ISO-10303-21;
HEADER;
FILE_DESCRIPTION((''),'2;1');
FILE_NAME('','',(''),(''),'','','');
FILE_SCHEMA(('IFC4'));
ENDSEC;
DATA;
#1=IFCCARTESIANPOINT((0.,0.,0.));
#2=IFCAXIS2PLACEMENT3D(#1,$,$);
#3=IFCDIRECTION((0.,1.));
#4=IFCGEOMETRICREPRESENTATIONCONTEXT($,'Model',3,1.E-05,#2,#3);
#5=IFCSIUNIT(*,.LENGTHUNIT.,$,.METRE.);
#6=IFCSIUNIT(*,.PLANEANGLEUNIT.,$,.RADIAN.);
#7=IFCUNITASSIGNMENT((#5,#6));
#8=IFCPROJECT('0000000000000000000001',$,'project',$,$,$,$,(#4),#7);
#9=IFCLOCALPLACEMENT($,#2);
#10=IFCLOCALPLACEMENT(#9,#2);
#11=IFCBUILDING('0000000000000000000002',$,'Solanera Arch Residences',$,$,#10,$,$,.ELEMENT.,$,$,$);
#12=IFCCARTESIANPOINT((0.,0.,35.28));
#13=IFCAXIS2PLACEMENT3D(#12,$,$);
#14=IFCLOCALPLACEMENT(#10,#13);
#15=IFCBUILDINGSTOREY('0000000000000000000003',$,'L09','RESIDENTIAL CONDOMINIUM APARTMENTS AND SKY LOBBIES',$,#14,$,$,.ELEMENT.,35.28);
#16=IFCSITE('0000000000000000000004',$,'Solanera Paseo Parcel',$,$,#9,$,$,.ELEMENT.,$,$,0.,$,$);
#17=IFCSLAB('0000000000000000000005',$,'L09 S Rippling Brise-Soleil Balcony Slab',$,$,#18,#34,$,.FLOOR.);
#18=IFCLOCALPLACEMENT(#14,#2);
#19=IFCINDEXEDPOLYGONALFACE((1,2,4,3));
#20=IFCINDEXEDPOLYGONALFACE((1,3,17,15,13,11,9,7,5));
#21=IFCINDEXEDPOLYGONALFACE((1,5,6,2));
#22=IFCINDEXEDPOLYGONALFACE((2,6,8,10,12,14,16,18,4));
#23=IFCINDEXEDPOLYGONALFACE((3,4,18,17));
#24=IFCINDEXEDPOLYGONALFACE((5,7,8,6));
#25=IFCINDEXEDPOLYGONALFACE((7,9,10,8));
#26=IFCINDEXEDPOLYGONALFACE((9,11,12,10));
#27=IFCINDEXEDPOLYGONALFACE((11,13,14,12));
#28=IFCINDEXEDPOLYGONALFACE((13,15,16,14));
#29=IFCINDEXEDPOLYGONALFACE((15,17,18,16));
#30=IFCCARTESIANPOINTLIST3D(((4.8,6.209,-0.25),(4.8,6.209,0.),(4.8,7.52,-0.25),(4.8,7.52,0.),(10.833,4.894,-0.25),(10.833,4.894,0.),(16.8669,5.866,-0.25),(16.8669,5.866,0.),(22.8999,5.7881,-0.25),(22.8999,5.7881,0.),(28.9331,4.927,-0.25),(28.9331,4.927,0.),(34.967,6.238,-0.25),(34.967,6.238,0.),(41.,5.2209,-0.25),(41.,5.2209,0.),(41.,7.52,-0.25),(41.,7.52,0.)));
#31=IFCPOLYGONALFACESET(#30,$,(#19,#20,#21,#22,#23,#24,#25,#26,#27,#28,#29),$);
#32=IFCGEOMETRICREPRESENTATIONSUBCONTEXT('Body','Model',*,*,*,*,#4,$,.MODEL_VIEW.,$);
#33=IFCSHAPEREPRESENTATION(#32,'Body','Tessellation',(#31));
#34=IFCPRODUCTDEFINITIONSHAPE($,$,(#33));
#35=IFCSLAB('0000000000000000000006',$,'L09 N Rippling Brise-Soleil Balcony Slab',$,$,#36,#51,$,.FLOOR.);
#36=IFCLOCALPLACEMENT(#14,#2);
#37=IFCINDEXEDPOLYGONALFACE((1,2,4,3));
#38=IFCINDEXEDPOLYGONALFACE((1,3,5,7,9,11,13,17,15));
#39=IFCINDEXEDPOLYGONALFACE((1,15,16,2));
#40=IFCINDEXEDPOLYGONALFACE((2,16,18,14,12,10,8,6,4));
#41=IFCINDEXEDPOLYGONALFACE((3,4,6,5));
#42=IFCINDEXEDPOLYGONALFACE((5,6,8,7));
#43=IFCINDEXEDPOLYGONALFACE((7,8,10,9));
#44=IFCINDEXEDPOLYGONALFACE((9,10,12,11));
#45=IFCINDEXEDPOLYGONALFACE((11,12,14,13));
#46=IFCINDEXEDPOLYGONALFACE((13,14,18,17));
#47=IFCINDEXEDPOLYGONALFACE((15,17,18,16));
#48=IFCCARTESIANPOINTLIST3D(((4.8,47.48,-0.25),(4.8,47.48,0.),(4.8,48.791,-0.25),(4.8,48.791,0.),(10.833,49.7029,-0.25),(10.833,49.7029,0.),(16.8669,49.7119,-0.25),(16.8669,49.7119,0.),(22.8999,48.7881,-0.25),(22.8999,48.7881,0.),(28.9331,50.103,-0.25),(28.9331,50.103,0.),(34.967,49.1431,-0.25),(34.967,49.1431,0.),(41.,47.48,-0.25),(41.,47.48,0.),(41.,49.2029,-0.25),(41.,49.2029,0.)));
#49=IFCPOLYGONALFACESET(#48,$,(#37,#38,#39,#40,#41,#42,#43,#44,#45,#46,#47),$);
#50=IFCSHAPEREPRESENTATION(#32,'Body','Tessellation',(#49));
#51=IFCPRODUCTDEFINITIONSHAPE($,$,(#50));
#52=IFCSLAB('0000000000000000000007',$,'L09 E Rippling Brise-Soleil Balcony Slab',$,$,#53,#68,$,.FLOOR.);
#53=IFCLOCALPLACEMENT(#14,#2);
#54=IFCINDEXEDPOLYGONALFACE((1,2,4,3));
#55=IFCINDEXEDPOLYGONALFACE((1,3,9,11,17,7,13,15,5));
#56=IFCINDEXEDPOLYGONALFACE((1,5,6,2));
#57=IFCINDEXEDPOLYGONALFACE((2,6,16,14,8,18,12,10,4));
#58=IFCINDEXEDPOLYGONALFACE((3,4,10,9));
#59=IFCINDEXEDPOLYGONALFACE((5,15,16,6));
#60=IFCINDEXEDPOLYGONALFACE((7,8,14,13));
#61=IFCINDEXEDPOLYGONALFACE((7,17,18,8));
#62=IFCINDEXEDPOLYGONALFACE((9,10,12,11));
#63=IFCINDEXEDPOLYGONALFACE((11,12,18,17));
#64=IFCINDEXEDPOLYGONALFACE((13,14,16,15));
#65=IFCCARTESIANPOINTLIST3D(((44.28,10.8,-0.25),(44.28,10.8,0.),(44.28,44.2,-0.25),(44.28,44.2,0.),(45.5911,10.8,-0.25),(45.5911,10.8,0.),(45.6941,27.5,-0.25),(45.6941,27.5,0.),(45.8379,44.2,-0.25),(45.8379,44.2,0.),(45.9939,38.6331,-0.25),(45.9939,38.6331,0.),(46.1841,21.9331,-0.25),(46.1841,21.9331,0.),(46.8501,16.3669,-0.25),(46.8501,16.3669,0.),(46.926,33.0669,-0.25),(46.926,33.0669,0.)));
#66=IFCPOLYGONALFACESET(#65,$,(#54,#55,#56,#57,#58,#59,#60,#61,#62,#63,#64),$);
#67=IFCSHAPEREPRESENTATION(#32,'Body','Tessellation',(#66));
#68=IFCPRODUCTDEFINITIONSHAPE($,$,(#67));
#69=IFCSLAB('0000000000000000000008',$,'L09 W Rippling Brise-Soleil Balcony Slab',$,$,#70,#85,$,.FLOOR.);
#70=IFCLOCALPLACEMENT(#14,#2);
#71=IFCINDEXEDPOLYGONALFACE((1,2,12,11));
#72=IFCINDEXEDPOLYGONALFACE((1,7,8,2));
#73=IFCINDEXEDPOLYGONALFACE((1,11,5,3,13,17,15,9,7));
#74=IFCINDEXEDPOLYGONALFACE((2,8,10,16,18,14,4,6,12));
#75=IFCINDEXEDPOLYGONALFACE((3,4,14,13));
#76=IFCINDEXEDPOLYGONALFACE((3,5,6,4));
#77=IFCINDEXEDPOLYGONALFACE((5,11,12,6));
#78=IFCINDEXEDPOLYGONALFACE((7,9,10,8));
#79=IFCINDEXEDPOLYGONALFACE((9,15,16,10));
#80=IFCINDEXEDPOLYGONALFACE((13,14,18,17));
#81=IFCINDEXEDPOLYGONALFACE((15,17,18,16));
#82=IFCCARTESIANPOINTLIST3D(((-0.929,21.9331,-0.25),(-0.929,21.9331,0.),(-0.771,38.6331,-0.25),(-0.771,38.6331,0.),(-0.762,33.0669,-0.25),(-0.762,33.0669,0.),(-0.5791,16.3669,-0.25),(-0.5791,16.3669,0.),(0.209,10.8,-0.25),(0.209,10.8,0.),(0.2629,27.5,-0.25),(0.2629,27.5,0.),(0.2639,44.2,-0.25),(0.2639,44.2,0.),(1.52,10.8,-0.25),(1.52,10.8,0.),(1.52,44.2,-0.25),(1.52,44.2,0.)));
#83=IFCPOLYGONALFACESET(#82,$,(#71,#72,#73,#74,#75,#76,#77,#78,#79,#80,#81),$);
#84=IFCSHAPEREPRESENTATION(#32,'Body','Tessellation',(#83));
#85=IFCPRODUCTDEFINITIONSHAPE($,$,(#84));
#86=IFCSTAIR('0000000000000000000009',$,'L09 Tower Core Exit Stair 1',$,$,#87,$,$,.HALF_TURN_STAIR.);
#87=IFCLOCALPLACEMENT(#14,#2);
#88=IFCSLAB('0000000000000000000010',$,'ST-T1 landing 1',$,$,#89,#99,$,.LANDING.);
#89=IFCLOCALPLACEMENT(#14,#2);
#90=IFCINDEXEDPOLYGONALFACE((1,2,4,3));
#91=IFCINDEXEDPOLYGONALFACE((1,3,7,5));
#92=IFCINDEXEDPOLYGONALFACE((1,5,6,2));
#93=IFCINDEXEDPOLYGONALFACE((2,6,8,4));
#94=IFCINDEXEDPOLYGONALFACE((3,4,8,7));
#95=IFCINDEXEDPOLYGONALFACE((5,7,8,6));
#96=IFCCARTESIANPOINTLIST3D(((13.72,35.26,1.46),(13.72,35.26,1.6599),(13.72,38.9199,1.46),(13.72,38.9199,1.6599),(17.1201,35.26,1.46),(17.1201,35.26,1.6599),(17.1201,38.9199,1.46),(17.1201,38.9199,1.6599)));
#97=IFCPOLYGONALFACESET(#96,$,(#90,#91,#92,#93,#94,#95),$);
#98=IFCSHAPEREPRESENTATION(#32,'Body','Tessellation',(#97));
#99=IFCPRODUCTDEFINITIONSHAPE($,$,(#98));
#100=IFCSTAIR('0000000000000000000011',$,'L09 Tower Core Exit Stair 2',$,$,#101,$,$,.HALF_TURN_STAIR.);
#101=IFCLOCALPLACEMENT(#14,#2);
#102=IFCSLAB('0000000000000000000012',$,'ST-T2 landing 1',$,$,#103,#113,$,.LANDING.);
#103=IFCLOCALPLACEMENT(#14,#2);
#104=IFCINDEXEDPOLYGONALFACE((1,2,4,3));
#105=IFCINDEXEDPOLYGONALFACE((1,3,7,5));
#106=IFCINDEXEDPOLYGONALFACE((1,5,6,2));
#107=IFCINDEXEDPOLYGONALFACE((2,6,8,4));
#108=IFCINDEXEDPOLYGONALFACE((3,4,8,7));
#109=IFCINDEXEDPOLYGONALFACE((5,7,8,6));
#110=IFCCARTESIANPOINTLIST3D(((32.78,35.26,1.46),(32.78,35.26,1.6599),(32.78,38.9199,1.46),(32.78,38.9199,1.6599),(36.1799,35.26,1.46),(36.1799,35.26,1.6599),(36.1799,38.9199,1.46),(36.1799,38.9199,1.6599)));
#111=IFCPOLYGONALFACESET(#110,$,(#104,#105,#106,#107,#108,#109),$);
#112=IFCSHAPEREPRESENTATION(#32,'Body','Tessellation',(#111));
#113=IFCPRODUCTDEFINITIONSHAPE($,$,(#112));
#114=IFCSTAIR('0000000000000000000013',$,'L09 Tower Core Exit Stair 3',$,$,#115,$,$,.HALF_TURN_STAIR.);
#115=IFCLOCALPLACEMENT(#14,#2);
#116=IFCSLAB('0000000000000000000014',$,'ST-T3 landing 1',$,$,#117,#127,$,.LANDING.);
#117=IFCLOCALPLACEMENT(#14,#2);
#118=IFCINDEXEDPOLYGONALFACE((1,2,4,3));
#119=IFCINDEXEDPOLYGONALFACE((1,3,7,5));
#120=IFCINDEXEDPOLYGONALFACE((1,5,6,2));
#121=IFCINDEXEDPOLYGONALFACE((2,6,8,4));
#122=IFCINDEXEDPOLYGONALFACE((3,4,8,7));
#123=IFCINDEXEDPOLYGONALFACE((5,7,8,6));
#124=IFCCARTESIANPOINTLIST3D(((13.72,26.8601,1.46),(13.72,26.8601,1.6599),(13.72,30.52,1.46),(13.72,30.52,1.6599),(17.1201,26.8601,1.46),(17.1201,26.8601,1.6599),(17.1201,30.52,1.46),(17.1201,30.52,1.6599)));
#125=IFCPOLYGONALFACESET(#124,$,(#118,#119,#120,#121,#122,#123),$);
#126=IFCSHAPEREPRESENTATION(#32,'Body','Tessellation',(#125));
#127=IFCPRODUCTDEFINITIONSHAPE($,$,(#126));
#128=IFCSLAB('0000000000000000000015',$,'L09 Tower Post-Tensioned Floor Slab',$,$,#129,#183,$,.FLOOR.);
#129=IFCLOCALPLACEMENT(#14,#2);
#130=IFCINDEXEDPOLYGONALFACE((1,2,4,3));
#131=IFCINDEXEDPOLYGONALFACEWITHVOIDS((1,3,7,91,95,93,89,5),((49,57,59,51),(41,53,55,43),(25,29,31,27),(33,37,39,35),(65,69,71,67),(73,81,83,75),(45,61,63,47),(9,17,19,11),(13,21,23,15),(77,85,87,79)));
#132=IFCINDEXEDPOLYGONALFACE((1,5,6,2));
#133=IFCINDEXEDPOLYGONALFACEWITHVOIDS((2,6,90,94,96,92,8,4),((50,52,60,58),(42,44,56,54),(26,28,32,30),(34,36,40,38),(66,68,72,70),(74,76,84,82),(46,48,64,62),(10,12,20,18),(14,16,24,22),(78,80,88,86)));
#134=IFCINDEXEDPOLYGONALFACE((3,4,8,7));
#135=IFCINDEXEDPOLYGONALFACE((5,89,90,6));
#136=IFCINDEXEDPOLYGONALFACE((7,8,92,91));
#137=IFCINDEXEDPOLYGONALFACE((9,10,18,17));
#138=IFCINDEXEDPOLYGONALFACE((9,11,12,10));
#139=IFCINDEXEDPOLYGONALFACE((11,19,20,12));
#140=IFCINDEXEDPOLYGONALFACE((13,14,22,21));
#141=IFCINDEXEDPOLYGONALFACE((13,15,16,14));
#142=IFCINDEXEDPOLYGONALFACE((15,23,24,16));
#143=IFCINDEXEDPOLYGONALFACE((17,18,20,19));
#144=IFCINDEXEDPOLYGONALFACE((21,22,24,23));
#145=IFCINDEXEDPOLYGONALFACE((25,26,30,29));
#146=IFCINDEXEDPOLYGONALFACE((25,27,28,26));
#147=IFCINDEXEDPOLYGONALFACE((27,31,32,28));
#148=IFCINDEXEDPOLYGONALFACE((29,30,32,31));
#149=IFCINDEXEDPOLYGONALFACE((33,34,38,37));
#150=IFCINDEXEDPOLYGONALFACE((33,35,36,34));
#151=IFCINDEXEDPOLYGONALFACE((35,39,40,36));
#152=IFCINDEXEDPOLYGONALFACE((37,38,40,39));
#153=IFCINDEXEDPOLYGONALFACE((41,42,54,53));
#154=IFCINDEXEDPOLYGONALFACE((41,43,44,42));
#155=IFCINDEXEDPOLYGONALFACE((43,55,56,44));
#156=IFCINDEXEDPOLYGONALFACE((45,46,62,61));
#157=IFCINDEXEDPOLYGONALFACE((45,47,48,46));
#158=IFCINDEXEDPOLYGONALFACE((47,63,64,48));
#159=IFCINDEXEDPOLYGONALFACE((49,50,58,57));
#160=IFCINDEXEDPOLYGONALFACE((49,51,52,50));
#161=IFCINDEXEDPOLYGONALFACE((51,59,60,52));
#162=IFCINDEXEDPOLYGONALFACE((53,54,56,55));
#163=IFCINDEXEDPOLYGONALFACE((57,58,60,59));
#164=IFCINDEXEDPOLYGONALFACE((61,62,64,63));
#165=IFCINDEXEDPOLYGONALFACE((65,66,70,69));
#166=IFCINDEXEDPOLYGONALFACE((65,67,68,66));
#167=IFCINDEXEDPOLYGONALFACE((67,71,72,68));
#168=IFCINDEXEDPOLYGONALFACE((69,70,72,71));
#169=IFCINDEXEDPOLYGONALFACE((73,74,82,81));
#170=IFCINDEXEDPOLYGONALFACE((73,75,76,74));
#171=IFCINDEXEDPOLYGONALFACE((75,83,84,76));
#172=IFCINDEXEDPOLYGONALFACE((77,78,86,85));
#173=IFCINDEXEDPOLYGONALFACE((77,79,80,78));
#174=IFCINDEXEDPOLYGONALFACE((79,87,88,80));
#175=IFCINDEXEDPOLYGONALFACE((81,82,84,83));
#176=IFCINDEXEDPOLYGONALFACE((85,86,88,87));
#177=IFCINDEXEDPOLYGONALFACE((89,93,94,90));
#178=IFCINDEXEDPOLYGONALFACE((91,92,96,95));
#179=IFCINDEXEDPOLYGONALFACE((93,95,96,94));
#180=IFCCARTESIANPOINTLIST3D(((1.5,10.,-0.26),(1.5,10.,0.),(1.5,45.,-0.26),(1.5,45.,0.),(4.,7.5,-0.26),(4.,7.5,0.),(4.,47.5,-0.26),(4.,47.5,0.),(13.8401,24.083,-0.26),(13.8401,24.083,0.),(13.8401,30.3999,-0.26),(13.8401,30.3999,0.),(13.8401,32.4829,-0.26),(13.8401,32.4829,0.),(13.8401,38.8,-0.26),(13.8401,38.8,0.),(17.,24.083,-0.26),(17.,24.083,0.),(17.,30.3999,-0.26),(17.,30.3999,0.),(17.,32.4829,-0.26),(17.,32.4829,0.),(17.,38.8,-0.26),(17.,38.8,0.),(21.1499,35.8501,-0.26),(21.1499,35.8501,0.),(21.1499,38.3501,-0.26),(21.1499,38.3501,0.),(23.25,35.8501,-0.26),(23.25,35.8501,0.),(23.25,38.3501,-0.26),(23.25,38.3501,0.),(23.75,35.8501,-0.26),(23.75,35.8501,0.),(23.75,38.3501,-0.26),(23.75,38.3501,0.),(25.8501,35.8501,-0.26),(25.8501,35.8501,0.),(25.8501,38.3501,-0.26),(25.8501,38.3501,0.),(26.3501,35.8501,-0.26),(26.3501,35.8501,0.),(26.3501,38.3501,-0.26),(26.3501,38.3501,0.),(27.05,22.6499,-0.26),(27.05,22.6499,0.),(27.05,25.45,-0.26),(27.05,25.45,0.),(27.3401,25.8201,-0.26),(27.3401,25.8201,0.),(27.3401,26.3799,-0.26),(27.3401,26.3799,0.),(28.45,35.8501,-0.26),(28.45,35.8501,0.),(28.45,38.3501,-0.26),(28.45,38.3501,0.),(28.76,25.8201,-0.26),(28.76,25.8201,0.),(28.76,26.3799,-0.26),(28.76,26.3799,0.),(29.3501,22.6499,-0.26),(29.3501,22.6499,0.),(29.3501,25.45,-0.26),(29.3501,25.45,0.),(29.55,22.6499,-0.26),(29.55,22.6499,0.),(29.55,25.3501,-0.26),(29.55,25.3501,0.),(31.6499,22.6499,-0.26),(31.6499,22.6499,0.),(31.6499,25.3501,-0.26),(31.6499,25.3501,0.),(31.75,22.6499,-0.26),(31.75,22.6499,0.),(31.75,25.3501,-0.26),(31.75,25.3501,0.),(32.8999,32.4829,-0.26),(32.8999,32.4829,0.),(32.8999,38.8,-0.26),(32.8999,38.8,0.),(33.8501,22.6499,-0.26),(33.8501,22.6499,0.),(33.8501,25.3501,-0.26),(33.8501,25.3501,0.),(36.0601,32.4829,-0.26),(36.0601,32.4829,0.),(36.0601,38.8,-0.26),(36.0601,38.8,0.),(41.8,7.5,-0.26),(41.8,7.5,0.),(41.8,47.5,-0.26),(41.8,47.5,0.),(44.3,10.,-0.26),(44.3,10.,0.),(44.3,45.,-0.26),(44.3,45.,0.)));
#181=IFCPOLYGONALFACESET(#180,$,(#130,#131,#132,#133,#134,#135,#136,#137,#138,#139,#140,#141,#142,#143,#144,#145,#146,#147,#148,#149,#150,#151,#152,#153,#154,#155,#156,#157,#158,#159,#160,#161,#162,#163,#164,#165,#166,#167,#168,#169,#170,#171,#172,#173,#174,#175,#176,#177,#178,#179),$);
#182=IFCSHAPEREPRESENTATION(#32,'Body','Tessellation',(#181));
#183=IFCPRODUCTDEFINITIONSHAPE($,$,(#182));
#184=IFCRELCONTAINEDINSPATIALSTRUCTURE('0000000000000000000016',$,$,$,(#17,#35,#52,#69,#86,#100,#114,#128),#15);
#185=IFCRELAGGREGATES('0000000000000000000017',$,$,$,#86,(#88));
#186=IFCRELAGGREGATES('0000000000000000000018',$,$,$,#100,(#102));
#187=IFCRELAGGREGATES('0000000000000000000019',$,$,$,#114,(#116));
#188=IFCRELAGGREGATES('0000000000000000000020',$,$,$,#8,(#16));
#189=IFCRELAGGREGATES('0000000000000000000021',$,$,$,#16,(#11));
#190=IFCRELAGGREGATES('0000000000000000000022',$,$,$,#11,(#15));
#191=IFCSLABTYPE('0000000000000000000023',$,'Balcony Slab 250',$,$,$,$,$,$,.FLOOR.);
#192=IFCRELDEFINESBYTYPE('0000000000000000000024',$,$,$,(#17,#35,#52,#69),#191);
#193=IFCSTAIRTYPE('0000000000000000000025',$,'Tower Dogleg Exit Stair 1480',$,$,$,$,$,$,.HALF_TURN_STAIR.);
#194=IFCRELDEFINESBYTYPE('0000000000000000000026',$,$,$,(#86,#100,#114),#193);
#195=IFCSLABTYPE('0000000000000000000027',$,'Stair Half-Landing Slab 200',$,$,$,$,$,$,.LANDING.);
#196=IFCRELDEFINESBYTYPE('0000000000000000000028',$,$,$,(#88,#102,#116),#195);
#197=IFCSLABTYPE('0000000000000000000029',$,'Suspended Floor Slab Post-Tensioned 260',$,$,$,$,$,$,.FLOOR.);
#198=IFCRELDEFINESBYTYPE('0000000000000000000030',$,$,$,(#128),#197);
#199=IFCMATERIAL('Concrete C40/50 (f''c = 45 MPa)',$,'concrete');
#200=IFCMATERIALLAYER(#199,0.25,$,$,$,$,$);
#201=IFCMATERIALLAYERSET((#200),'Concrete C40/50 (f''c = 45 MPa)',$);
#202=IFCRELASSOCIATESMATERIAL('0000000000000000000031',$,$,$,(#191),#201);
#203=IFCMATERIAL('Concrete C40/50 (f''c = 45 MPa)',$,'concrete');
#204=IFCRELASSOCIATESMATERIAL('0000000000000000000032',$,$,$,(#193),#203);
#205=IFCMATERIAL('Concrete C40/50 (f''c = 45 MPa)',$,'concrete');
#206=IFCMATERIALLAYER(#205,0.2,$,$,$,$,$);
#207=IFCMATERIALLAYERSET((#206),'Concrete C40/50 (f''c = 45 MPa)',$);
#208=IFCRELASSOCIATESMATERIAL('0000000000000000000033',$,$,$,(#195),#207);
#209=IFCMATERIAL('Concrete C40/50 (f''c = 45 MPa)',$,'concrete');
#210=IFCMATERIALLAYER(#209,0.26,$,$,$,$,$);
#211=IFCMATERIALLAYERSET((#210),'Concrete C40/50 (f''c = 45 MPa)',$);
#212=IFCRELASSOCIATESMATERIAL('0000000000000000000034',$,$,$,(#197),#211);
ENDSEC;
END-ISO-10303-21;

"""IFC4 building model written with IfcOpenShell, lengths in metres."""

from ifc_helpers import new_model, si_unit, direction, frame, origin, place, context, subcontext, project, spatial, polyline, outline, extrude, material, layer, layer_set, type_object, element, aggregate, save


model = new_model("IFC4")

# Units and contexts
model_context = context("Model", 3, precision=1e-05, world=origin(), true_north=direction((0.0, 1.0)))
body_context = subcontext(model_context, "Body", "Model", "MODEL_VIEW")
ifc_project = project(units=[si_unit("LENGTHUNIT", "METRE"), si_unit("PLANEANGLEUNIT", "RADIAN")], contexts=[model_context])

# Site, building, storey
site_placement = place(None, origin())
site = spatial("IfcSite", under=ifc_project, at=site_placement, Name="Solanera Paseo Parcel", CompositionType="ELEMENT", RefElevation=0.0)
building_placement = place(site_placement, origin())
building = spatial("IfcBuilding", under=site, at=building_placement, Name="Solanera Arch Residences", CompositionType="ELEMENT")
storey_placement = place(building_placement, frame((0.0, 0.0, 35.28)))
storey = spatial("IfcBuildingStorey", under=building, at=storey_placement, Name="L09", Description="RESIDENTIAL CONDOMINIUM APARTMENTS AND SKY LOBBIES", CompositionType="ELEMENT", Elevation=35.28)

# Slabs
ifc_material_1 = material(Name="Concrete C40/50 (f'c = 45 MPa)", Category="concrete")
ifc_layer_1 = layer(ifc_material_1, 0.25)
ifc_layer_set_1 = layer_set([ifc_layer_1], Name="Concrete C40/50 (f'c = 45 MPa)")
slab_type_1 = type_object("IfcSlabType", Name="Balcony Slab 250", PredefinedType="FLOOR", material=ifc_layer_set_1)
slab_1_placement = place(storey_placement, frame((0.0, 0.0, -0.25)))
element("IfcSlab", 1, at=slab_1_placement, inside=storey, type_object=slab_type_1, Name="L09 S Rippling Brise-Soleil Balcony Slab", PredefinedType="FLOOR", context=body_context, shape_type="SweptSolid", body=[
    extrude(outline(polyline([(4.8, 6.209), (10.833, 4.894), (16.8669, 5.866), (22.8999, 5.7881), (28.9331, 4.927), (34.967, 6.238), (41.0, 5.2209), (41.0, 7.52), (4.8, 7.52), (4.8, 6.209)])), origin(), (0.0, 0.0, 1.0), 0.25),
])
slab_2_placement = place(storey_placement, frame((0.0, 0.0, -0.25)))
element("IfcSlab", 2, at=slab_2_placement, inside=storey, type_object=slab_type_1, Name="L09 N Rippling Brise-Soleil Balcony Slab", PredefinedType="FLOOR", context=body_context, shape_type="SweptSolid", body=[
    extrude(outline(polyline([(41.0, 49.2029), (34.967, 49.1431), (28.9331, 50.103), (22.8999, 48.7881), (16.8669, 49.7119), (10.833, 49.7029), (4.8, 48.791), (4.8, 47.48), (41.0, 47.48), (41.0, 49.2029)])), origin(), (0.0, 0.0, 1.0), 0.25),
])
slab_3_placement = place(storey_placement, frame((0.0, 0.0, -0.25)))
element("IfcSlab", 3, at=slab_3_placement, inside=storey, type_object=slab_type_1, Name="L09 E Rippling Brise-Soleil Balcony Slab", PredefinedType="FLOOR", context=body_context, shape_type="SweptSolid", body=[
    extrude(outline(polyline([(45.5911, 10.8), (46.8501, 16.3669), (46.1841, 21.9331), (45.6941, 27.5), (46.926, 33.0669), (45.9939, 38.6331), (45.8379, 44.2), (44.28, 44.2), (44.28, 10.8), (45.5911, 10.8)])), origin(), (0.0, 0.0, 1.0), 0.25),
])
slab_4_placement = place(storey_placement, frame((0.0, 0.0, -0.25)))
element("IfcSlab", 4, at=slab_4_placement, inside=storey, type_object=slab_type_1, Name="L09 W Rippling Brise-Soleil Balcony Slab", PredefinedType="FLOOR", context=body_context, shape_type="SweptSolid", body=[
    extrude(outline(polyline([(0.2639, 44.2), (-0.771, 38.6331), (-0.762, 33.0669), (0.2629, 27.5), (-0.929, 21.9331), (-0.5791, 16.3669), (0.209, 10.8), (1.52, 10.8), (1.52, 44.2), (0.2639, 44.2)])), origin(), (0.0, 0.0, 1.0), 0.25),
])

# Stairs, slabs
ifc_material_2 = material(Name="Concrete C40/50 (f'c = 45 MPa)", Category="concrete")
stair_type = type_object("IfcStairType", Name="Tower Dogleg Exit Stair 1480", PredefinedType="HALF_TURN_STAIR", material=ifc_material_2)
stair_1_placement = place(storey_placement, origin())
stair_1 = element("IfcStair", 5, at=stair_1_placement, inside=storey, type_object=stair_type, Name="L09 Tower Core Exit Stair 1", PredefinedType="HALF_TURN_STAIR")
ifc_material_3 = material(Name="Concrete C40/50 (f'c = 45 MPa)", Category="concrete")
ifc_layer_2 = layer(ifc_material_3, 0.2)
ifc_layer_set_2 = layer_set([ifc_layer_2], Name="Concrete C40/50 (f'c = 45 MPa)")
slab_type_2 = type_object("IfcSlabType", Name="Stair Half-Landing Slab 200", PredefinedType="LANDING", material=ifc_layer_set_2)
slab_5_placement = place(storey_placement, frame((0.0, 0.0, 1.46)))
slab_5 = element("IfcSlab", 6, at=slab_5_placement, type_object=slab_type_2, Name="ST-T1 landing 1", PredefinedType="LANDING", context=body_context, shape_type="SweptSolid", body=[
    extrude(outline(polyline([(17.1201, 35.26), (17.1201, 38.9199), (13.72, 38.9199), (13.72, 35.26), (17.1201, 35.26)])), origin(), (0.0, 0.0, 1.0), 0.2),
])
aggregate(stair_1, [slab_5])
stair_2_placement = place(storey_placement, origin())
stair_2 = element("IfcStair", 7, at=stair_2_placement, inside=storey, type_object=stair_type, Name="L09 Tower Core Exit Stair 2", PredefinedType="HALF_TURN_STAIR")
slab_6_placement = place(storey_placement, frame((0.0, 0.0, 1.46)))
slab_6 = element("IfcSlab", 8, at=slab_6_placement, type_object=slab_type_2, Name="ST-T2 landing 1", PredefinedType="LANDING", context=body_context, shape_type="SweptSolid", body=[
    extrude(outline(polyline([(36.1799, 35.26), (36.1799, 38.9199), (32.78, 38.9199), (32.78, 35.26), (36.1799, 35.26)])), origin(), (0.0, 0.0, 1.0), 0.2),
])
aggregate(stair_2, [slab_6])
stair_3_placement = place(storey_placement, origin())
stair_3 = element("IfcStair", 9, at=stair_3_placement, inside=storey, type_object=stair_type, Name="L09 Tower Core Exit Stair 3", PredefinedType="HALF_TURN_STAIR")
slab_7_placement = place(storey_placement, frame((0.0, 0.0, 1.46)))
slab_7 = element("IfcSlab", 10, at=slab_7_placement, type_object=slab_type_2, Name="ST-T3 landing 1", PredefinedType="LANDING", context=body_context, shape_type="SweptSolid", body=[
    extrude(outline(polyline([(17.1201, 26.8601), (17.1201, 30.52), (13.72, 30.52), (13.72, 26.8601), (17.1201, 26.8601)])), origin(), (0.0, 0.0, 1.0), 0.2),
])
aggregate(stair_3, [slab_7])

# Slab
ifc_material_4 = material(Name="Concrete C40/50 (f'c = 45 MPa)", Category="concrete")
ifc_layer_3 = layer(ifc_material_4, 0.26)
ifc_layer_set_3 = layer_set([ifc_layer_3], Name="Concrete C40/50 (f'c = 45 MPa)")
slab_type_3 = type_object("IfcSlabType", Name="Suspended Floor Slab Post-Tensioned 260", PredefinedType="FLOOR", material=ifc_layer_set_3)
slab_8_placement = place(storey_placement, frame((0.0, 0.0, -0.26)))
element("IfcSlab", 11, at=slab_8_placement, inside=storey, type_object=slab_type_3, Name="L09 Tower Post-Tensioned Floor Slab", PredefinedType="FLOOR", context=body_context, shape_type="SweptSolid", body=[
    extrude(outline(polyline([(4.0, 7.5), (41.8, 7.5), (44.3, 10.0), (44.3, 45.0), (41.8, 47.5), (4.0, 47.5), (1.5, 45.0), (1.5, 10.0), (4.0, 7.5)]), holes=[polyline([(13.8401, 32.4829), (13.8401, 38.8), (17.0, 38.8), (17.0, 32.4829), (13.8401, 32.4829)]), polyline([(32.8999, 32.4829), (32.8999, 38.8), (36.0601, 38.8), (36.0601, 32.4829), (32.8999, 32.4829)]), polyline([(13.8401, 24.083), (13.8401, 30.3999), (17.0, 30.3999), (17.0, 24.083), (13.8401, 24.083)]), polyline([(21.1499, 38.3501), (23.25, 38.3501), (23.25, 35.8501), (21.1499, 35.8501), (21.1499, 38.3501)]), polyline([(23.75, 38.3501), (25.8501, 38.3501), (25.8501, 35.8501), (23.75, 35.8501), (23.75, 38.3501)]), polyline([(26.3501, 38.3501), (28.45, 38.3501), (28.45, 35.8501), (26.3501, 35.8501), (26.3501, 38.3501)]), polyline([(29.55, 25.3501), (31.6499, 25.3501), (31.6499, 22.6499), (29.55, 22.6499), (29.55, 25.3501)]), polyline([(31.75, 25.3501), (33.8501, 25.3501), (33.8501, 22.6499), (31.75, 22.6499), (31.75, 25.3501)]), polyline([(27.05, 25.45), (29.3501, 25.45), (29.3501, 22.6499), (27.05, 22.6499), (27.05, 25.45)]), polyline([(27.3401, 26.3799), (28.76, 26.3799), (28.76, 25.8201), (27.3401, 25.8201), (27.3401, 26.3799)])]), origin(), (0.0, 0.0, 1.0), 0.26),
])

save(model, "model.ifc")
